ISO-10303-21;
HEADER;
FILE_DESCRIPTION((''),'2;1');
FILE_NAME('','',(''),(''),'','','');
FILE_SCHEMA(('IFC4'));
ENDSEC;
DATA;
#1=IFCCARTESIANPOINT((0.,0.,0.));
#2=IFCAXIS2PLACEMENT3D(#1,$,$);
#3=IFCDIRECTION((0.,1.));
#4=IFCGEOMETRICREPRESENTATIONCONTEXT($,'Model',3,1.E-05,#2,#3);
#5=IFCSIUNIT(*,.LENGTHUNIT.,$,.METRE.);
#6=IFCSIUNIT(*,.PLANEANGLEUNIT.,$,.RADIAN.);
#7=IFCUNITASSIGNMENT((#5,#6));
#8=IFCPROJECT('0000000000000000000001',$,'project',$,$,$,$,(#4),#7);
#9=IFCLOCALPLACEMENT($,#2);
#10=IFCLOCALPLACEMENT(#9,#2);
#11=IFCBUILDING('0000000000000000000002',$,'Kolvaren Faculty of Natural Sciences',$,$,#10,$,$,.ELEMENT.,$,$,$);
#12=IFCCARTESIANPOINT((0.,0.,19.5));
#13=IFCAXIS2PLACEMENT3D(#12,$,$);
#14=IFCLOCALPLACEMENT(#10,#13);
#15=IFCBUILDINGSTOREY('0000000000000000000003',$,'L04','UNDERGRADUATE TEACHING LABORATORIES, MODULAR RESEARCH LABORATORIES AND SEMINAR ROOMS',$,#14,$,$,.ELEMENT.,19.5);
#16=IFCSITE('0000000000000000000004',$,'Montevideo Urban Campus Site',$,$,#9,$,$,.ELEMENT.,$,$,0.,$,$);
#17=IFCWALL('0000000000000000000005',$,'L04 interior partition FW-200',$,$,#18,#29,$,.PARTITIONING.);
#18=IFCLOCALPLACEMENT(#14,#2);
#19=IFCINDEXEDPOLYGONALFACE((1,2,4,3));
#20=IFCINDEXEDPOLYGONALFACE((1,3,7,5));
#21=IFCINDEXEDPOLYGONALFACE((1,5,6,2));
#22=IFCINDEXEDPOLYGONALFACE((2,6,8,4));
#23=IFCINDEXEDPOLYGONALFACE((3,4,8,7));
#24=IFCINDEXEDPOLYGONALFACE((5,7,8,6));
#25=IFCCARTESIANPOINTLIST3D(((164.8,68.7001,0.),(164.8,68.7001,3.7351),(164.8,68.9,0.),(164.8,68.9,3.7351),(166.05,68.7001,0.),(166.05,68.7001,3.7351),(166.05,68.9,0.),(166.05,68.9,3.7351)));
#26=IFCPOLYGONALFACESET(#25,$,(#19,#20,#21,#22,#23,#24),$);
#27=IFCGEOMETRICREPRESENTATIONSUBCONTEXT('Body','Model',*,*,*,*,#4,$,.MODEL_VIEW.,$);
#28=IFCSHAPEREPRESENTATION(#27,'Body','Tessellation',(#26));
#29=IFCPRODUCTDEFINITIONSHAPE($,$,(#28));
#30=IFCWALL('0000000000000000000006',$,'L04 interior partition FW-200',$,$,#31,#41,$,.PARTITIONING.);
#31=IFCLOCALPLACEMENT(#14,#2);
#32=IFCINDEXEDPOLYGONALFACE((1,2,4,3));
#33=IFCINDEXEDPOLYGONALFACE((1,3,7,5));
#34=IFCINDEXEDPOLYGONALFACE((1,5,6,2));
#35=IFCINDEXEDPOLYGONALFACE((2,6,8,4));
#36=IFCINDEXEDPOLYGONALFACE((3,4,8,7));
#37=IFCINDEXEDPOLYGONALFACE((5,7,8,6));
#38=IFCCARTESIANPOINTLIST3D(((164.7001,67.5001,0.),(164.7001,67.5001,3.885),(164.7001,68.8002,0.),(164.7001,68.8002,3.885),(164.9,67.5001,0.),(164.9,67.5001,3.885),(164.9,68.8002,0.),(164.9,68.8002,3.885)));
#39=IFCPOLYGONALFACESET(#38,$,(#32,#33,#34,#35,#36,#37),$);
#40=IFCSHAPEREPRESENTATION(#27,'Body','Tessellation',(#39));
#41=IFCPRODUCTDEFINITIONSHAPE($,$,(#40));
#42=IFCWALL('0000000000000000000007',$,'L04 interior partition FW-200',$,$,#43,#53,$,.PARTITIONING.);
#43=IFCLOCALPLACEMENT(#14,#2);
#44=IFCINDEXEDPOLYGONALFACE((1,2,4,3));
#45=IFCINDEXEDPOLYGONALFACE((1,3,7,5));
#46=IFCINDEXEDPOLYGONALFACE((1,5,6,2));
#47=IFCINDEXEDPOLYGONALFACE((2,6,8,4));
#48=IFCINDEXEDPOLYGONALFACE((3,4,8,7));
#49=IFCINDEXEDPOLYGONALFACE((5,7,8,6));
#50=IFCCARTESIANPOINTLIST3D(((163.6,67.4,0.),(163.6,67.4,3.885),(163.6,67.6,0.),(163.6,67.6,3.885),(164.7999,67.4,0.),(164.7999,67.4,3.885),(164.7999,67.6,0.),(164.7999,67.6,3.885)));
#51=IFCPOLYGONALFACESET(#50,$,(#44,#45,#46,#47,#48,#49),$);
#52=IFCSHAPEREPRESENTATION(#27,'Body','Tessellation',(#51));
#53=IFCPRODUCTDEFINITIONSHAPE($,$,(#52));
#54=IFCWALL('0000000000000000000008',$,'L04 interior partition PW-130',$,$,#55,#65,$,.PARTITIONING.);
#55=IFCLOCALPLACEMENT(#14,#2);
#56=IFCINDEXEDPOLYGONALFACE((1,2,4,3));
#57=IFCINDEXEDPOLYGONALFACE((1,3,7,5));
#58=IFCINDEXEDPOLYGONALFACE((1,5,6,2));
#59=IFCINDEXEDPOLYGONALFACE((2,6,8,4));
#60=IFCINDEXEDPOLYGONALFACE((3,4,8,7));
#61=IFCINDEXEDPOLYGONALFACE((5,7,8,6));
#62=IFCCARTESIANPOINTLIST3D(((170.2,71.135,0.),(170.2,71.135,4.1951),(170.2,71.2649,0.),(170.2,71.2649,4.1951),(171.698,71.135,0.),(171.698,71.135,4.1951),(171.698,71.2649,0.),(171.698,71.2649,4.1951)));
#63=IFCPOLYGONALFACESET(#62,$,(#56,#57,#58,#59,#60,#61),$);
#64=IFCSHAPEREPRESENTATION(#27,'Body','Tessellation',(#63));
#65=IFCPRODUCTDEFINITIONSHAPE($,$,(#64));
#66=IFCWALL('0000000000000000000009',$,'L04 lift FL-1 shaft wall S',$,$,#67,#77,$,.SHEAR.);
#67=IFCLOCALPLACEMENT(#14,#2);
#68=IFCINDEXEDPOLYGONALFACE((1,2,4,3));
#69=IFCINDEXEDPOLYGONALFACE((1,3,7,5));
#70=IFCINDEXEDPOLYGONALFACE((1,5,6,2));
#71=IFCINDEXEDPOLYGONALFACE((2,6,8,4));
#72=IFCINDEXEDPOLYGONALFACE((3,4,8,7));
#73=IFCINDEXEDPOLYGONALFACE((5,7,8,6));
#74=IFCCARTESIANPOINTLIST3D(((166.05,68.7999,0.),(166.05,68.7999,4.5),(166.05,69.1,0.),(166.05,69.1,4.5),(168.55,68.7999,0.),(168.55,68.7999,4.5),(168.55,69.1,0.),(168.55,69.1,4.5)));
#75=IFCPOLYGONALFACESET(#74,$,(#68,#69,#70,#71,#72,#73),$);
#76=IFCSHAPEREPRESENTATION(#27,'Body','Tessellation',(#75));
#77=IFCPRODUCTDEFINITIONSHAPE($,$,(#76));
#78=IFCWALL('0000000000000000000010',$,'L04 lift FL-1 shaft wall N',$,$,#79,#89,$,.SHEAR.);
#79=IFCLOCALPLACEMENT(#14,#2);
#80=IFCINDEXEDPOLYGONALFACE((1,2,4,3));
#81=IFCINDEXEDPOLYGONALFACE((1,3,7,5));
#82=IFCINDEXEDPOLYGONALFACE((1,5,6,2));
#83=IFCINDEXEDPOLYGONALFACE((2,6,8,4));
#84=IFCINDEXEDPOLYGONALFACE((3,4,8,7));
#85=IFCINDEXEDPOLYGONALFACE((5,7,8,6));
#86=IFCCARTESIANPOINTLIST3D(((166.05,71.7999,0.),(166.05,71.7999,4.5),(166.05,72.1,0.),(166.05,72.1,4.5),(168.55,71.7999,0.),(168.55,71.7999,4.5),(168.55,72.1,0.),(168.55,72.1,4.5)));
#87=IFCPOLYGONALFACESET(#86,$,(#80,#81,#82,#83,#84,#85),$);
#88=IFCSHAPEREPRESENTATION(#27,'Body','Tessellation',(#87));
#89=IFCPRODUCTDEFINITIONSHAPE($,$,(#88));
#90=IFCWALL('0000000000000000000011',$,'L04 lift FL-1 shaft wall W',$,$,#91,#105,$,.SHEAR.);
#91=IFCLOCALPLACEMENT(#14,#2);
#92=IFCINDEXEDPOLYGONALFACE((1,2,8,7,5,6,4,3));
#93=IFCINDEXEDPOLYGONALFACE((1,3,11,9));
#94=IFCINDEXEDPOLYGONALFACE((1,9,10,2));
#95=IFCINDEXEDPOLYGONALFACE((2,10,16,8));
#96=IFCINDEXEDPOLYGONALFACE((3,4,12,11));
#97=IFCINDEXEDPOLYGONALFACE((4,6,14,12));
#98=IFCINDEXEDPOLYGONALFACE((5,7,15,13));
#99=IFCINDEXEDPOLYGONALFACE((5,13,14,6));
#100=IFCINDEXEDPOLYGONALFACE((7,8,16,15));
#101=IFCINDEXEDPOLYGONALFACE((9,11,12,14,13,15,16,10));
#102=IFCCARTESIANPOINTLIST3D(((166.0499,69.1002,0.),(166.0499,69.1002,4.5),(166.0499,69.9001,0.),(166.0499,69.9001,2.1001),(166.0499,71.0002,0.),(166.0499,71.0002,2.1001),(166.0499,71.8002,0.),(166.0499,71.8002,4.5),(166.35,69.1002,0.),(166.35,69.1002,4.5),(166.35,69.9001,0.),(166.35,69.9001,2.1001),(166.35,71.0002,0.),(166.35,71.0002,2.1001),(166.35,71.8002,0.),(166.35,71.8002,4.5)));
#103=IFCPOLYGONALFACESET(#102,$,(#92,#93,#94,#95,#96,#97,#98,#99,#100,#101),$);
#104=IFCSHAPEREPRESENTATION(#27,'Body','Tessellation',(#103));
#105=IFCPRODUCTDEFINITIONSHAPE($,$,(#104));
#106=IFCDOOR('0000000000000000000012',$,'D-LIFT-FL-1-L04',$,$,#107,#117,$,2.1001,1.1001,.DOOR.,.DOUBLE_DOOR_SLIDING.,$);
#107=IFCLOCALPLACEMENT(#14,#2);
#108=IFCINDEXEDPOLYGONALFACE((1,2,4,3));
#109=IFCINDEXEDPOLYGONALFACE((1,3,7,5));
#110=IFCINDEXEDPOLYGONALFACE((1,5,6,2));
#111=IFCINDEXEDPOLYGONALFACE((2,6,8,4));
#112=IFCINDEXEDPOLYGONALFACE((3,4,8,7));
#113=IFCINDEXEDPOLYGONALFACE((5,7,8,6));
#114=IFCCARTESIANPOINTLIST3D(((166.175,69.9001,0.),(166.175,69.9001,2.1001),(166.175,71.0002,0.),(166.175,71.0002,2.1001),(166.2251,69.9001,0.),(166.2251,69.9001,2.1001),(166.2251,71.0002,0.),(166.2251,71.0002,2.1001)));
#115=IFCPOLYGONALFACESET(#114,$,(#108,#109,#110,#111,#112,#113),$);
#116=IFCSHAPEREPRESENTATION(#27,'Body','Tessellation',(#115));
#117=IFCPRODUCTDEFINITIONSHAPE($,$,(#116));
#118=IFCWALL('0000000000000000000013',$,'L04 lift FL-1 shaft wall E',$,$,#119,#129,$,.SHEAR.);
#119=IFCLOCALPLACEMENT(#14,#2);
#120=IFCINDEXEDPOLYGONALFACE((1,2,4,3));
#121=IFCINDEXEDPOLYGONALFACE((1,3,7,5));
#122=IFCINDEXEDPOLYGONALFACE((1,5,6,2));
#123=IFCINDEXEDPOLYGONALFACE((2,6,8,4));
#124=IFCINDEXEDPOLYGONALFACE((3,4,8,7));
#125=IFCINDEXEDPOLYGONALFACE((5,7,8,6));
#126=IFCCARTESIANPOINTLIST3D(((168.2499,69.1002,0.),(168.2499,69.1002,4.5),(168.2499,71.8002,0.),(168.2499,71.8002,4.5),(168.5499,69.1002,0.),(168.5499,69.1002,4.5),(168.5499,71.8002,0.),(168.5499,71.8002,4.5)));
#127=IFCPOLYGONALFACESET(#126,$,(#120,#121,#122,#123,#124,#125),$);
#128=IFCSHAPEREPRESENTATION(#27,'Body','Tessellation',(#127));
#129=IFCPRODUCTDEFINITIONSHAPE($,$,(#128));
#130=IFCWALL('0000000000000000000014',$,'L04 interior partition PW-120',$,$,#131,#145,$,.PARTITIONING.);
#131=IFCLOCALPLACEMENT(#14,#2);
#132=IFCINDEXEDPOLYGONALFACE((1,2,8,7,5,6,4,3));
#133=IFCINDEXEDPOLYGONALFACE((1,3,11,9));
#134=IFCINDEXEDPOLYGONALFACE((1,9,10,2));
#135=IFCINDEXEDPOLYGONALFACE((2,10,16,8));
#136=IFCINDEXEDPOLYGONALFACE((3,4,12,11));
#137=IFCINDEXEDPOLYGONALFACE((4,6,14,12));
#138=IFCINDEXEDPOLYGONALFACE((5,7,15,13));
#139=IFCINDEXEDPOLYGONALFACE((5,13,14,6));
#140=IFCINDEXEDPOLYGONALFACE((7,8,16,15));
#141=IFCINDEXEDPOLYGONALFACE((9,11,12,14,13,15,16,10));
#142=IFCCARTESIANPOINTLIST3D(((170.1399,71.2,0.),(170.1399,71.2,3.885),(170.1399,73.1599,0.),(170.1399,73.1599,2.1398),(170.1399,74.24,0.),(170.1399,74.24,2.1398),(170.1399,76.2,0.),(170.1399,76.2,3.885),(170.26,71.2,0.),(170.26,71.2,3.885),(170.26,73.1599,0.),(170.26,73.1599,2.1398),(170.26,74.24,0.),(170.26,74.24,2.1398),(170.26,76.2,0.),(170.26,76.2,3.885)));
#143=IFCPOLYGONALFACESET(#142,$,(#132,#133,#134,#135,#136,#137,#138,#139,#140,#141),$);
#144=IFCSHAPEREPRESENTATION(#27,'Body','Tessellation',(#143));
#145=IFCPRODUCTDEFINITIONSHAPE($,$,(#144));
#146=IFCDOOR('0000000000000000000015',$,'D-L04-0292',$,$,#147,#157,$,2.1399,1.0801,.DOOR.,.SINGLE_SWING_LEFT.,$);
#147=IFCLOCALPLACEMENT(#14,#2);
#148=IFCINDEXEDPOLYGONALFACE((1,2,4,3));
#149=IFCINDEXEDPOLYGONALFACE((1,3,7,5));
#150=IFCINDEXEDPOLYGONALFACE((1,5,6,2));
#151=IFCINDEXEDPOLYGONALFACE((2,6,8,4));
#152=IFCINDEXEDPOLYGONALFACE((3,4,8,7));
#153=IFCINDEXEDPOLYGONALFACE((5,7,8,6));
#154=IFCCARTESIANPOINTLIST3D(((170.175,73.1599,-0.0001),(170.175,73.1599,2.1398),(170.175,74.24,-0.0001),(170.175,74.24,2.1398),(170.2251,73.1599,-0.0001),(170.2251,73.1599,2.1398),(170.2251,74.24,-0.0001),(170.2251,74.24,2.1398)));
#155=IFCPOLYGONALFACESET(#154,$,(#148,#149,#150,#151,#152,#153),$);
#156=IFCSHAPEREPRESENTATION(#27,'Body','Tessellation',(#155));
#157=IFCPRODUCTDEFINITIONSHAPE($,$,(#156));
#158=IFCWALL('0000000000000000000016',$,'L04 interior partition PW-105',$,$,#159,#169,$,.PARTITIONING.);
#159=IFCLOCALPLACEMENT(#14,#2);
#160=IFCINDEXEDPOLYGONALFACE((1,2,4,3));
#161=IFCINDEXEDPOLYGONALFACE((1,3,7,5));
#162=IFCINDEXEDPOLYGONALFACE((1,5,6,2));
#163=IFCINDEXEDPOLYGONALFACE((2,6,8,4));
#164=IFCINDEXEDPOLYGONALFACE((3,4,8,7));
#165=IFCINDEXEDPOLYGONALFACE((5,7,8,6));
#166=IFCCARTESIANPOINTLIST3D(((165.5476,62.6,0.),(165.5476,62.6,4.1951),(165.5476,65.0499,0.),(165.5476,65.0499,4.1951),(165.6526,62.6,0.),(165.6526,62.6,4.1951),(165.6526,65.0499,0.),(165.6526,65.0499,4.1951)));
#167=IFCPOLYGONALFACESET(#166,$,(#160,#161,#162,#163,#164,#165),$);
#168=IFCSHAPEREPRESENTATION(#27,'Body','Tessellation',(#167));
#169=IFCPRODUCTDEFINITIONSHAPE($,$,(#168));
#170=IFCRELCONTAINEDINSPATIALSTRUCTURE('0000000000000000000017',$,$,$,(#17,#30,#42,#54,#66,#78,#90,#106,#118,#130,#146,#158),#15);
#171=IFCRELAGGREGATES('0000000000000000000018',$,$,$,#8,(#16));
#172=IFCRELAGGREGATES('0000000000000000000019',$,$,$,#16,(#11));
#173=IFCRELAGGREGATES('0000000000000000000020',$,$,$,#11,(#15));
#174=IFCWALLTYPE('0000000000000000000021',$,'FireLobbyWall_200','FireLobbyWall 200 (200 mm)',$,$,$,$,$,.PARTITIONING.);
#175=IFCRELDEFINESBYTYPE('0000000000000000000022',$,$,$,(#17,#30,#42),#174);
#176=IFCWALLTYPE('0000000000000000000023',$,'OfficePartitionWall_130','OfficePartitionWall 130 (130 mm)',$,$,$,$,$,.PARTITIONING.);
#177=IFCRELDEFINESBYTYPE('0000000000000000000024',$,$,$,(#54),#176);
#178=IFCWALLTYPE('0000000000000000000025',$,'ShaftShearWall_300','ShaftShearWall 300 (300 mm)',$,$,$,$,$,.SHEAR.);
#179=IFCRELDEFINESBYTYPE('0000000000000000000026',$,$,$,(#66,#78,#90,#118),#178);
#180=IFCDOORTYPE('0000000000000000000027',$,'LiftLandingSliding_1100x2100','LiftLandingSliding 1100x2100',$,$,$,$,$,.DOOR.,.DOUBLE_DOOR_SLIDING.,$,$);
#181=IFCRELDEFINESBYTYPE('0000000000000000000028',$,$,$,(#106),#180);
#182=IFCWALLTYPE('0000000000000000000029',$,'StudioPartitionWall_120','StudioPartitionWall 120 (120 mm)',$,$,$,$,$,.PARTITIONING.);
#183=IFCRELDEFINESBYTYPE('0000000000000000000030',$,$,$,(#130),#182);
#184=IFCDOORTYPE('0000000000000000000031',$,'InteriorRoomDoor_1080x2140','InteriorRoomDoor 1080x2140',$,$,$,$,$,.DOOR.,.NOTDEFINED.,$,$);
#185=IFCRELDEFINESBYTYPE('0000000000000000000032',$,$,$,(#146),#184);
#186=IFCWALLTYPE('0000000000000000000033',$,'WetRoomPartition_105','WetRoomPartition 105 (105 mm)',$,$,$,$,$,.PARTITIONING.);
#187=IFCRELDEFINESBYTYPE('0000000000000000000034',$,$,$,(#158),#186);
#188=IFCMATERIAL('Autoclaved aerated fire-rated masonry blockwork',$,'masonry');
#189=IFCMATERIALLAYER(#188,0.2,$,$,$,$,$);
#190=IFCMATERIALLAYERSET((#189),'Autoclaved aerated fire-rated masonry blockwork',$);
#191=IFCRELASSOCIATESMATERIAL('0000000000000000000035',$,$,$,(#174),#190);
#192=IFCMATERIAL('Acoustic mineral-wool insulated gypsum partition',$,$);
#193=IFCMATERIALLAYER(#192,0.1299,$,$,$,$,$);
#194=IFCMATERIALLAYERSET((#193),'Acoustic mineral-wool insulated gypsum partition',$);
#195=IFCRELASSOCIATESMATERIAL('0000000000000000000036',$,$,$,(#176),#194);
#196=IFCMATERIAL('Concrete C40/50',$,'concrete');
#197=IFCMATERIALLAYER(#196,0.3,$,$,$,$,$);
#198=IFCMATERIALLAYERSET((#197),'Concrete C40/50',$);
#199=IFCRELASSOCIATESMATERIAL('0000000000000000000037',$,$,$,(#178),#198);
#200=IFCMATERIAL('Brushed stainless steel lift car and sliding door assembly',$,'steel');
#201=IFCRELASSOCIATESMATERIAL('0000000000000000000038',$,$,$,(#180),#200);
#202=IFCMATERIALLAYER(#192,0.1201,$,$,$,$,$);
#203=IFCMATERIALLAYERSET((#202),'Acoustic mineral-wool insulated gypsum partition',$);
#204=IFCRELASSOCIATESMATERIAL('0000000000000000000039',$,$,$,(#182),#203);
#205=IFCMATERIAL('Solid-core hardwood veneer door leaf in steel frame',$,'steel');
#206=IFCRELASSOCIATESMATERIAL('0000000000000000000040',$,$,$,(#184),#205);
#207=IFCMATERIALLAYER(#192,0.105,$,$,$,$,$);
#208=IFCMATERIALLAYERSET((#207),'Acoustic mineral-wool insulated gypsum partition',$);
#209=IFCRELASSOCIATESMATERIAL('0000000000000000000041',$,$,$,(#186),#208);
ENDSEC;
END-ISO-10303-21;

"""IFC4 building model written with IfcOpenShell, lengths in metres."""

from ifc_helpers import new_model, si_unit, direction, frame, frame_2d, origin, place, context, subcontext, project, spatial, rectangle, extrude, material, layer, layer_set, type_object, element, fill, save


model = new_model("IFC4")

# Units and contexts
model_context = context("Model", 3, precision=1e-05, world=origin(), true_north=direction((0.0, 1.0)))
body_context = subcontext(model_context, "Body", "Model", "MODEL_VIEW")
ifc_project = project(units=[si_unit("LENGTHUNIT", "METRE"), si_unit("PLANEANGLEUNIT", "RADIAN")], contexts=[model_context])

# Site, building, storey
site_placement = place(None, origin())
site = spatial("IfcSite", under=ifc_project, at=site_placement, Name="Montevideo Urban Campus Site", CompositionType="ELEMENT", RefElevation=0.0)
building_placement = place(site_placement, origin())
building = spatial("IfcBuilding", under=site, at=building_placement, Name="Kolvaren Faculty of Natural Sciences", CompositionType="ELEMENT")
storey_placement = place(building_placement, frame((0.0, 0.0, 19.5)))
storey = spatial("IfcBuildingStorey", under=building, at=storey_placement, Name="L04", Description="UNDERGRADUATE TEACHING LABORATORIES, MODULAR RESEARCH LABORATORIES AND SEMINAR ROOMS", CompositionType="ELEMENT", Elevation=19.5)

# Shared definitions
ifc_material_1 = material(Name="Concrete C40/50", Category="concrete")

# Shared definitions
ifc_material_2 = material(Name="Acoustic mineral-wool insulated gypsum partition")

# Walls
ifc_material_3 = material(Name="Autoclaved aerated fire-rated masonry blockwork", Category="masonry")
ifc_layer_1 = layer(ifc_material_3, 0.2)
ifc_layer_set_1 = layer_set([ifc_layer_1], Name="Autoclaved aerated fire-rated masonry blockwork")
wall_type_1 = type_object("IfcWallType", Name="FireLobbyWall_200", Description="FireLobbyWall 200 (200 mm)", PredefinedType="PARTITIONING", material=ifc_layer_set_1)
for number, where, z_axis, x_axis, name in (
    (1, (166.05, 68.8, 0.0), (0.0, 0.0, 1.0), (-1.0, 0.0, 0.0), "L04 interior partition FW-200"),
):
    element("IfcWall", number, at=place(storey_placement, frame(where, z_axis=z_axis, x_axis=x_axis)), inside=storey, type_object=wall_type_1, Name=name, PredefinedType="PARTITIONING", context=body_context, shape_type="SweptSolid", body=[
        extrude(rectangle(XDim=1.25, YDim=0.2, at=frame_2d((0.625, 0.0))), origin(), (0.0, 0.0, 1.0), 3.7351),
    ])
wall_1_placement = place(storey_placement, frame((164.8, 68.8, 0.0), z_axis=(0.0, 0.0, 1.0), x_axis=(0.0, -1.0, 0.0)))
element("IfcWall", 2, at=wall_1_placement, inside=storey, type_object=wall_type_1, Name="L04 interior partition FW-200", PredefinedType="PARTITIONING", context=body_context, shape_type="SweptSolid", body=[
    extrude(rectangle(XDim=1.3, YDim=0.2, at=frame_2d((0.6499, 0.0))), origin(), (0.0, 0.0, 1.0), 3.885),
])
wall_2_placement = place(storey_placement, frame((164.8, 67.5, 0.0), z_axis=(0.0, 0.0, 1.0), x_axis=(-1.0, 0.0, 0.0)))
element("IfcWall", 3, at=wall_2_placement, inside=storey, type_object=wall_type_1, Name="L04 interior partition FW-200", PredefinedType="PARTITIONING", context=body_context, shape_type="SweptSolid", body=[
    extrude(rectangle(XDim=1.2, YDim=0.2, at=frame_2d((0.6001, 0.0))), origin(), (0.0, 0.0, 1.0), 3.885),
])
ifc_layer_2 = layer(ifc_material_2, 0.1299)
ifc_layer_set_2 = layer_set([ifc_layer_2], Name="Acoustic mineral-wool insulated gypsum partition")
wall_type_2 = type_object("IfcWallType", Name="OfficePartitionWall_130", Description="OfficePartitionWall 130 (130 mm)", PredefinedType="PARTITIONING", material=ifc_layer_set_2)
wall_3_placement = place(storey_placement, frame((170.2, 71.2, 0.0), z_axis=(0.0, 0.0, 1.0), x_axis=(1.0, 0.0, 0.0)))
element("IfcWall", 4, at=wall_3_placement, inside=storey, type_object=wall_type_2, Name="L04 interior partition PW-130", PredefinedType="PARTITIONING", context=body_context, shape_type="SweptSolid", body=[
    extrude(rectangle(XDim=1.498, YDim=0.1299, at=frame_2d((0.749, 0.0))), origin(), (0.0, 0.0, 1.0), 4.1951),
])
ifc_layer_3 = layer(ifc_material_1, 0.3)
ifc_layer_set_3 = layer_set([ifc_layer_3], Name="Concrete C40/50")
wall_type_3 = type_object("IfcWallType", Name="ShaftShearWall_300", Description="ShaftShearWall 300 (300 mm)", PredefinedType="SHEAR", material=ifc_layer_set_3)
for number, where, z_axis, x_axis, name in (
    (5, (166.05, 68.95, 0.0), (0.0, 0.0, 1.0), (1.0, 0.0, 0.0), "L04 lift FL-1 shaft wall S"),
    (6, (166.05, 71.95, 0.0), (0.0, 0.0, 1.0), (1.0, 0.0, 0.0), "L04 lift FL-1 shaft wall N"),
):
    element("IfcWall", number, at=place(storey_placement, frame(where, z_axis=z_axis, x_axis=x_axis)), inside=storey, type_object=wall_type_3, Name=name, PredefinedType="SHEAR", context=body_context, shape_type="SweptSolid", body=[
        extrude(rectangle(XDim=2.5, YDim=0.3, at=frame_2d((1.25, 0.0))), origin(), (0.0, 0.0, 1.0), 4.5),
    ])

# Wall, opening, door
wall_4_placement = place(storey_placement, frame((166.2, 69.1001, 0.0), z_axis=(0.0, 0.0, 1.0), x_axis=(0.0, 1.0, 0.0)))
wall_4 = element("IfcWall", 7, at=wall_4_placement, inside=storey, type_object=wall_type_3, Name="L04 lift FL-1 shaft wall W", PredefinedType="SHEAR", context=body_context, shape_type="SweptSolid", body=[
    extrude(rectangle(XDim=2.7, YDim=0.3, at=frame_2d((1.3501, 0.0))), origin(), (0.0, 0.0, 1.0), 4.5),
])
opening_1_placement = place(wall_4_placement, frame((0.8, 0.0, 0.0)))
opening_1 = element("IfcOpeningElement", 8, at=opening_1_placement, cuts=wall_4, PredefinedType="OPENING", context=body_context, shape_type="SweptSolid", body=[
    extrude(rectangle(XDim=1.1001, YDim=2.1001, at=frame_2d((0.55, 1.05))), frame((0.0, 0.1599, 0.0), z_axis=(0.0, -1.0, 0.0), x_axis=(1.0, 0.0, 0.0)), (0.0, 0.0, 1.0), 0.3201),
])
ifc_material_4 = material(Name="Brushed stainless steel lift car and sliding door assembly", Category="steel")
door_type_1 = type_object("IfcDoorType", Name="LiftLandingSliding_1100x2100", Description="LiftLandingSliding 1100x2100", OperationType="DOUBLE_DOOR_SLIDING", PredefinedType="DOOR", material=ifc_material_4)
door_1_placement = place(opening_1_placement, origin())
door_1 = element("IfcDoor", 9, at=door_1_placement, inside=storey, type_object=door_type_1, Name="D-LIFT-FL-1-L04", OperationType="DOUBLE_DOOR_SLIDING", OverallHeight=2.1001, OverallWidth=1.1001, PredefinedType="DOOR", context=body_context, shape_type="SweptSolid", body=[
    extrude(rectangle(XDim=1.1001, YDim=2.1001, at=frame_2d((0.55, 1.05))), frame((0.0, 0.0249, 0.0), z_axis=(0.0, -1.0, 0.0), x_axis=(1.0, 0.0, 0.0)), (0.0, 0.0, 1.0), 0.05),
])
fill(opening_1, door_1)

# Wall
wall_5_placement = place(storey_placement, frame((168.3999, 69.1001, 0.0), z_axis=(0.0, 0.0, 1.0), x_axis=(0.0, 1.0, 0.0)))
element("IfcWall", 10, at=wall_5_placement, inside=storey, type_object=wall_type_3, Name="L04 lift FL-1 shaft wall E", PredefinedType="SHEAR", context=body_context, shape_type="SweptSolid", body=[
    extrude(rectangle(XDim=2.7, YDim=0.3, at=frame_2d((1.3501, 0.0))), origin(), (0.0, 0.0, 1.0), 4.5),
])

# Wall, opening, door
ifc_layer_4 = layer(ifc_material_2, 0.1201)
ifc_layer_set_4 = layer_set([ifc_layer_4], Name="Acoustic mineral-wool insulated gypsum partition")
wall_type_4 = type_object("IfcWallType", Name="StudioPartitionWall_120", Description="StudioPartitionWall 120 (120 mm)", PredefinedType="PARTITIONING", material=ifc_layer_set_4)
wall_6_placement = place(storey_placement, frame((170.2, 71.2, 0.0), z_axis=(0.0, 0.0, 1.0), x_axis=(0.0, 1.0, 0.0)))
wall_6 = element("IfcWall", 11, at=wall_6_placement, inside=storey, type_object=wall_type_4, Name="L04 interior partition PW-120", PredefinedType="PARTITIONING", context=body_context, shape_type="SweptSolid", body=[
    extrude(rectangle(XDim=5.0, YDim=0.1201, at=frame_2d((2.5, 0.0))), origin(), (0.0, 0.0, 1.0), 3.885),
])
opening_2_placement = place(wall_6_placement, frame((1.96, 0.0, 0.0)))
opening_2 = element("IfcOpeningElement", 12, at=opening_2_placement, cuts=wall_6, PredefinedType="OPENING", context=body_context, shape_type="SweptSolid", body=[
    extrude(rectangle(XDim=1.0801, YDim=2.1399, at=frame_2d((0.54, 1.0698))), frame((0.0, 0.0701, 0.0), z_axis=(0.0, -1.0, 0.0), x_axis=(1.0, 0.0, 0.0)), (0.0, 0.0, 1.0), 0.1401),
])
ifc_material_5 = material(Name="Solid-core hardwood veneer door leaf in steel frame", Category="steel")
door_type_2 = type_object("IfcDoorType", Name="InteriorRoomDoor_1080x2140", Description="InteriorRoomDoor 1080x2140", OperationType="NOTDEFINED", PredefinedType="DOOR", material=ifc_material_5)
door_2_placement = place(opening_2_placement, origin())
door_2 = element("IfcDoor", 13, at=door_2_placement, inside=storey, type_object=door_type_2, Name="D-L04-0292", OperationType="SINGLE_SWING_LEFT", OverallHeight=2.1399, OverallWidth=1.0801, PredefinedType="DOOR", context=body_context, shape_type="SweptSolid", body=[
    extrude(rectangle(XDim=1.0801, YDim=2.1399, at=frame_2d((0.54, 1.0698))), frame((0.0, 0.0249, 0.0), z_axis=(0.0, -1.0, 0.0), x_axis=(1.0, 0.0, 0.0)), (0.0, 0.0, 1.0), 0.05),
])
fill(opening_2, door_2)

# Wall
ifc_layer_5 = layer(ifc_material_2, 0.105)
ifc_layer_set_5 = layer_set([ifc_layer_5], Name="Acoustic mineral-wool insulated gypsum partition")
wall_type_5 = type_object("IfcWallType", Name="WetRoomPartition_105", Description="WetRoomPartition 105 (105 mm)", PredefinedType="PARTITIONING", material=ifc_layer_set_5)
wall_7_placement = place(storey_placement, frame((165.6001, 65.05, 0.0), z_axis=(0.0, 0.0, 1.0), x_axis=(0.0, -1.0, 0.0)))
element("IfcWall", 14, at=wall_7_placement, inside=storey, type_object=wall_type_5, Name="L04 interior partition PW-105", PredefinedType="PARTITIONING", context=body_context, shape_type="SweptSolid", body=[
    extrude(rectangle(XDim=2.45, YDim=0.105, at=frame_2d((1.2251, 0.0))), origin(), (0.0, 0.0, 1.0), 4.1951),
])

save(model, "model.ifc")
